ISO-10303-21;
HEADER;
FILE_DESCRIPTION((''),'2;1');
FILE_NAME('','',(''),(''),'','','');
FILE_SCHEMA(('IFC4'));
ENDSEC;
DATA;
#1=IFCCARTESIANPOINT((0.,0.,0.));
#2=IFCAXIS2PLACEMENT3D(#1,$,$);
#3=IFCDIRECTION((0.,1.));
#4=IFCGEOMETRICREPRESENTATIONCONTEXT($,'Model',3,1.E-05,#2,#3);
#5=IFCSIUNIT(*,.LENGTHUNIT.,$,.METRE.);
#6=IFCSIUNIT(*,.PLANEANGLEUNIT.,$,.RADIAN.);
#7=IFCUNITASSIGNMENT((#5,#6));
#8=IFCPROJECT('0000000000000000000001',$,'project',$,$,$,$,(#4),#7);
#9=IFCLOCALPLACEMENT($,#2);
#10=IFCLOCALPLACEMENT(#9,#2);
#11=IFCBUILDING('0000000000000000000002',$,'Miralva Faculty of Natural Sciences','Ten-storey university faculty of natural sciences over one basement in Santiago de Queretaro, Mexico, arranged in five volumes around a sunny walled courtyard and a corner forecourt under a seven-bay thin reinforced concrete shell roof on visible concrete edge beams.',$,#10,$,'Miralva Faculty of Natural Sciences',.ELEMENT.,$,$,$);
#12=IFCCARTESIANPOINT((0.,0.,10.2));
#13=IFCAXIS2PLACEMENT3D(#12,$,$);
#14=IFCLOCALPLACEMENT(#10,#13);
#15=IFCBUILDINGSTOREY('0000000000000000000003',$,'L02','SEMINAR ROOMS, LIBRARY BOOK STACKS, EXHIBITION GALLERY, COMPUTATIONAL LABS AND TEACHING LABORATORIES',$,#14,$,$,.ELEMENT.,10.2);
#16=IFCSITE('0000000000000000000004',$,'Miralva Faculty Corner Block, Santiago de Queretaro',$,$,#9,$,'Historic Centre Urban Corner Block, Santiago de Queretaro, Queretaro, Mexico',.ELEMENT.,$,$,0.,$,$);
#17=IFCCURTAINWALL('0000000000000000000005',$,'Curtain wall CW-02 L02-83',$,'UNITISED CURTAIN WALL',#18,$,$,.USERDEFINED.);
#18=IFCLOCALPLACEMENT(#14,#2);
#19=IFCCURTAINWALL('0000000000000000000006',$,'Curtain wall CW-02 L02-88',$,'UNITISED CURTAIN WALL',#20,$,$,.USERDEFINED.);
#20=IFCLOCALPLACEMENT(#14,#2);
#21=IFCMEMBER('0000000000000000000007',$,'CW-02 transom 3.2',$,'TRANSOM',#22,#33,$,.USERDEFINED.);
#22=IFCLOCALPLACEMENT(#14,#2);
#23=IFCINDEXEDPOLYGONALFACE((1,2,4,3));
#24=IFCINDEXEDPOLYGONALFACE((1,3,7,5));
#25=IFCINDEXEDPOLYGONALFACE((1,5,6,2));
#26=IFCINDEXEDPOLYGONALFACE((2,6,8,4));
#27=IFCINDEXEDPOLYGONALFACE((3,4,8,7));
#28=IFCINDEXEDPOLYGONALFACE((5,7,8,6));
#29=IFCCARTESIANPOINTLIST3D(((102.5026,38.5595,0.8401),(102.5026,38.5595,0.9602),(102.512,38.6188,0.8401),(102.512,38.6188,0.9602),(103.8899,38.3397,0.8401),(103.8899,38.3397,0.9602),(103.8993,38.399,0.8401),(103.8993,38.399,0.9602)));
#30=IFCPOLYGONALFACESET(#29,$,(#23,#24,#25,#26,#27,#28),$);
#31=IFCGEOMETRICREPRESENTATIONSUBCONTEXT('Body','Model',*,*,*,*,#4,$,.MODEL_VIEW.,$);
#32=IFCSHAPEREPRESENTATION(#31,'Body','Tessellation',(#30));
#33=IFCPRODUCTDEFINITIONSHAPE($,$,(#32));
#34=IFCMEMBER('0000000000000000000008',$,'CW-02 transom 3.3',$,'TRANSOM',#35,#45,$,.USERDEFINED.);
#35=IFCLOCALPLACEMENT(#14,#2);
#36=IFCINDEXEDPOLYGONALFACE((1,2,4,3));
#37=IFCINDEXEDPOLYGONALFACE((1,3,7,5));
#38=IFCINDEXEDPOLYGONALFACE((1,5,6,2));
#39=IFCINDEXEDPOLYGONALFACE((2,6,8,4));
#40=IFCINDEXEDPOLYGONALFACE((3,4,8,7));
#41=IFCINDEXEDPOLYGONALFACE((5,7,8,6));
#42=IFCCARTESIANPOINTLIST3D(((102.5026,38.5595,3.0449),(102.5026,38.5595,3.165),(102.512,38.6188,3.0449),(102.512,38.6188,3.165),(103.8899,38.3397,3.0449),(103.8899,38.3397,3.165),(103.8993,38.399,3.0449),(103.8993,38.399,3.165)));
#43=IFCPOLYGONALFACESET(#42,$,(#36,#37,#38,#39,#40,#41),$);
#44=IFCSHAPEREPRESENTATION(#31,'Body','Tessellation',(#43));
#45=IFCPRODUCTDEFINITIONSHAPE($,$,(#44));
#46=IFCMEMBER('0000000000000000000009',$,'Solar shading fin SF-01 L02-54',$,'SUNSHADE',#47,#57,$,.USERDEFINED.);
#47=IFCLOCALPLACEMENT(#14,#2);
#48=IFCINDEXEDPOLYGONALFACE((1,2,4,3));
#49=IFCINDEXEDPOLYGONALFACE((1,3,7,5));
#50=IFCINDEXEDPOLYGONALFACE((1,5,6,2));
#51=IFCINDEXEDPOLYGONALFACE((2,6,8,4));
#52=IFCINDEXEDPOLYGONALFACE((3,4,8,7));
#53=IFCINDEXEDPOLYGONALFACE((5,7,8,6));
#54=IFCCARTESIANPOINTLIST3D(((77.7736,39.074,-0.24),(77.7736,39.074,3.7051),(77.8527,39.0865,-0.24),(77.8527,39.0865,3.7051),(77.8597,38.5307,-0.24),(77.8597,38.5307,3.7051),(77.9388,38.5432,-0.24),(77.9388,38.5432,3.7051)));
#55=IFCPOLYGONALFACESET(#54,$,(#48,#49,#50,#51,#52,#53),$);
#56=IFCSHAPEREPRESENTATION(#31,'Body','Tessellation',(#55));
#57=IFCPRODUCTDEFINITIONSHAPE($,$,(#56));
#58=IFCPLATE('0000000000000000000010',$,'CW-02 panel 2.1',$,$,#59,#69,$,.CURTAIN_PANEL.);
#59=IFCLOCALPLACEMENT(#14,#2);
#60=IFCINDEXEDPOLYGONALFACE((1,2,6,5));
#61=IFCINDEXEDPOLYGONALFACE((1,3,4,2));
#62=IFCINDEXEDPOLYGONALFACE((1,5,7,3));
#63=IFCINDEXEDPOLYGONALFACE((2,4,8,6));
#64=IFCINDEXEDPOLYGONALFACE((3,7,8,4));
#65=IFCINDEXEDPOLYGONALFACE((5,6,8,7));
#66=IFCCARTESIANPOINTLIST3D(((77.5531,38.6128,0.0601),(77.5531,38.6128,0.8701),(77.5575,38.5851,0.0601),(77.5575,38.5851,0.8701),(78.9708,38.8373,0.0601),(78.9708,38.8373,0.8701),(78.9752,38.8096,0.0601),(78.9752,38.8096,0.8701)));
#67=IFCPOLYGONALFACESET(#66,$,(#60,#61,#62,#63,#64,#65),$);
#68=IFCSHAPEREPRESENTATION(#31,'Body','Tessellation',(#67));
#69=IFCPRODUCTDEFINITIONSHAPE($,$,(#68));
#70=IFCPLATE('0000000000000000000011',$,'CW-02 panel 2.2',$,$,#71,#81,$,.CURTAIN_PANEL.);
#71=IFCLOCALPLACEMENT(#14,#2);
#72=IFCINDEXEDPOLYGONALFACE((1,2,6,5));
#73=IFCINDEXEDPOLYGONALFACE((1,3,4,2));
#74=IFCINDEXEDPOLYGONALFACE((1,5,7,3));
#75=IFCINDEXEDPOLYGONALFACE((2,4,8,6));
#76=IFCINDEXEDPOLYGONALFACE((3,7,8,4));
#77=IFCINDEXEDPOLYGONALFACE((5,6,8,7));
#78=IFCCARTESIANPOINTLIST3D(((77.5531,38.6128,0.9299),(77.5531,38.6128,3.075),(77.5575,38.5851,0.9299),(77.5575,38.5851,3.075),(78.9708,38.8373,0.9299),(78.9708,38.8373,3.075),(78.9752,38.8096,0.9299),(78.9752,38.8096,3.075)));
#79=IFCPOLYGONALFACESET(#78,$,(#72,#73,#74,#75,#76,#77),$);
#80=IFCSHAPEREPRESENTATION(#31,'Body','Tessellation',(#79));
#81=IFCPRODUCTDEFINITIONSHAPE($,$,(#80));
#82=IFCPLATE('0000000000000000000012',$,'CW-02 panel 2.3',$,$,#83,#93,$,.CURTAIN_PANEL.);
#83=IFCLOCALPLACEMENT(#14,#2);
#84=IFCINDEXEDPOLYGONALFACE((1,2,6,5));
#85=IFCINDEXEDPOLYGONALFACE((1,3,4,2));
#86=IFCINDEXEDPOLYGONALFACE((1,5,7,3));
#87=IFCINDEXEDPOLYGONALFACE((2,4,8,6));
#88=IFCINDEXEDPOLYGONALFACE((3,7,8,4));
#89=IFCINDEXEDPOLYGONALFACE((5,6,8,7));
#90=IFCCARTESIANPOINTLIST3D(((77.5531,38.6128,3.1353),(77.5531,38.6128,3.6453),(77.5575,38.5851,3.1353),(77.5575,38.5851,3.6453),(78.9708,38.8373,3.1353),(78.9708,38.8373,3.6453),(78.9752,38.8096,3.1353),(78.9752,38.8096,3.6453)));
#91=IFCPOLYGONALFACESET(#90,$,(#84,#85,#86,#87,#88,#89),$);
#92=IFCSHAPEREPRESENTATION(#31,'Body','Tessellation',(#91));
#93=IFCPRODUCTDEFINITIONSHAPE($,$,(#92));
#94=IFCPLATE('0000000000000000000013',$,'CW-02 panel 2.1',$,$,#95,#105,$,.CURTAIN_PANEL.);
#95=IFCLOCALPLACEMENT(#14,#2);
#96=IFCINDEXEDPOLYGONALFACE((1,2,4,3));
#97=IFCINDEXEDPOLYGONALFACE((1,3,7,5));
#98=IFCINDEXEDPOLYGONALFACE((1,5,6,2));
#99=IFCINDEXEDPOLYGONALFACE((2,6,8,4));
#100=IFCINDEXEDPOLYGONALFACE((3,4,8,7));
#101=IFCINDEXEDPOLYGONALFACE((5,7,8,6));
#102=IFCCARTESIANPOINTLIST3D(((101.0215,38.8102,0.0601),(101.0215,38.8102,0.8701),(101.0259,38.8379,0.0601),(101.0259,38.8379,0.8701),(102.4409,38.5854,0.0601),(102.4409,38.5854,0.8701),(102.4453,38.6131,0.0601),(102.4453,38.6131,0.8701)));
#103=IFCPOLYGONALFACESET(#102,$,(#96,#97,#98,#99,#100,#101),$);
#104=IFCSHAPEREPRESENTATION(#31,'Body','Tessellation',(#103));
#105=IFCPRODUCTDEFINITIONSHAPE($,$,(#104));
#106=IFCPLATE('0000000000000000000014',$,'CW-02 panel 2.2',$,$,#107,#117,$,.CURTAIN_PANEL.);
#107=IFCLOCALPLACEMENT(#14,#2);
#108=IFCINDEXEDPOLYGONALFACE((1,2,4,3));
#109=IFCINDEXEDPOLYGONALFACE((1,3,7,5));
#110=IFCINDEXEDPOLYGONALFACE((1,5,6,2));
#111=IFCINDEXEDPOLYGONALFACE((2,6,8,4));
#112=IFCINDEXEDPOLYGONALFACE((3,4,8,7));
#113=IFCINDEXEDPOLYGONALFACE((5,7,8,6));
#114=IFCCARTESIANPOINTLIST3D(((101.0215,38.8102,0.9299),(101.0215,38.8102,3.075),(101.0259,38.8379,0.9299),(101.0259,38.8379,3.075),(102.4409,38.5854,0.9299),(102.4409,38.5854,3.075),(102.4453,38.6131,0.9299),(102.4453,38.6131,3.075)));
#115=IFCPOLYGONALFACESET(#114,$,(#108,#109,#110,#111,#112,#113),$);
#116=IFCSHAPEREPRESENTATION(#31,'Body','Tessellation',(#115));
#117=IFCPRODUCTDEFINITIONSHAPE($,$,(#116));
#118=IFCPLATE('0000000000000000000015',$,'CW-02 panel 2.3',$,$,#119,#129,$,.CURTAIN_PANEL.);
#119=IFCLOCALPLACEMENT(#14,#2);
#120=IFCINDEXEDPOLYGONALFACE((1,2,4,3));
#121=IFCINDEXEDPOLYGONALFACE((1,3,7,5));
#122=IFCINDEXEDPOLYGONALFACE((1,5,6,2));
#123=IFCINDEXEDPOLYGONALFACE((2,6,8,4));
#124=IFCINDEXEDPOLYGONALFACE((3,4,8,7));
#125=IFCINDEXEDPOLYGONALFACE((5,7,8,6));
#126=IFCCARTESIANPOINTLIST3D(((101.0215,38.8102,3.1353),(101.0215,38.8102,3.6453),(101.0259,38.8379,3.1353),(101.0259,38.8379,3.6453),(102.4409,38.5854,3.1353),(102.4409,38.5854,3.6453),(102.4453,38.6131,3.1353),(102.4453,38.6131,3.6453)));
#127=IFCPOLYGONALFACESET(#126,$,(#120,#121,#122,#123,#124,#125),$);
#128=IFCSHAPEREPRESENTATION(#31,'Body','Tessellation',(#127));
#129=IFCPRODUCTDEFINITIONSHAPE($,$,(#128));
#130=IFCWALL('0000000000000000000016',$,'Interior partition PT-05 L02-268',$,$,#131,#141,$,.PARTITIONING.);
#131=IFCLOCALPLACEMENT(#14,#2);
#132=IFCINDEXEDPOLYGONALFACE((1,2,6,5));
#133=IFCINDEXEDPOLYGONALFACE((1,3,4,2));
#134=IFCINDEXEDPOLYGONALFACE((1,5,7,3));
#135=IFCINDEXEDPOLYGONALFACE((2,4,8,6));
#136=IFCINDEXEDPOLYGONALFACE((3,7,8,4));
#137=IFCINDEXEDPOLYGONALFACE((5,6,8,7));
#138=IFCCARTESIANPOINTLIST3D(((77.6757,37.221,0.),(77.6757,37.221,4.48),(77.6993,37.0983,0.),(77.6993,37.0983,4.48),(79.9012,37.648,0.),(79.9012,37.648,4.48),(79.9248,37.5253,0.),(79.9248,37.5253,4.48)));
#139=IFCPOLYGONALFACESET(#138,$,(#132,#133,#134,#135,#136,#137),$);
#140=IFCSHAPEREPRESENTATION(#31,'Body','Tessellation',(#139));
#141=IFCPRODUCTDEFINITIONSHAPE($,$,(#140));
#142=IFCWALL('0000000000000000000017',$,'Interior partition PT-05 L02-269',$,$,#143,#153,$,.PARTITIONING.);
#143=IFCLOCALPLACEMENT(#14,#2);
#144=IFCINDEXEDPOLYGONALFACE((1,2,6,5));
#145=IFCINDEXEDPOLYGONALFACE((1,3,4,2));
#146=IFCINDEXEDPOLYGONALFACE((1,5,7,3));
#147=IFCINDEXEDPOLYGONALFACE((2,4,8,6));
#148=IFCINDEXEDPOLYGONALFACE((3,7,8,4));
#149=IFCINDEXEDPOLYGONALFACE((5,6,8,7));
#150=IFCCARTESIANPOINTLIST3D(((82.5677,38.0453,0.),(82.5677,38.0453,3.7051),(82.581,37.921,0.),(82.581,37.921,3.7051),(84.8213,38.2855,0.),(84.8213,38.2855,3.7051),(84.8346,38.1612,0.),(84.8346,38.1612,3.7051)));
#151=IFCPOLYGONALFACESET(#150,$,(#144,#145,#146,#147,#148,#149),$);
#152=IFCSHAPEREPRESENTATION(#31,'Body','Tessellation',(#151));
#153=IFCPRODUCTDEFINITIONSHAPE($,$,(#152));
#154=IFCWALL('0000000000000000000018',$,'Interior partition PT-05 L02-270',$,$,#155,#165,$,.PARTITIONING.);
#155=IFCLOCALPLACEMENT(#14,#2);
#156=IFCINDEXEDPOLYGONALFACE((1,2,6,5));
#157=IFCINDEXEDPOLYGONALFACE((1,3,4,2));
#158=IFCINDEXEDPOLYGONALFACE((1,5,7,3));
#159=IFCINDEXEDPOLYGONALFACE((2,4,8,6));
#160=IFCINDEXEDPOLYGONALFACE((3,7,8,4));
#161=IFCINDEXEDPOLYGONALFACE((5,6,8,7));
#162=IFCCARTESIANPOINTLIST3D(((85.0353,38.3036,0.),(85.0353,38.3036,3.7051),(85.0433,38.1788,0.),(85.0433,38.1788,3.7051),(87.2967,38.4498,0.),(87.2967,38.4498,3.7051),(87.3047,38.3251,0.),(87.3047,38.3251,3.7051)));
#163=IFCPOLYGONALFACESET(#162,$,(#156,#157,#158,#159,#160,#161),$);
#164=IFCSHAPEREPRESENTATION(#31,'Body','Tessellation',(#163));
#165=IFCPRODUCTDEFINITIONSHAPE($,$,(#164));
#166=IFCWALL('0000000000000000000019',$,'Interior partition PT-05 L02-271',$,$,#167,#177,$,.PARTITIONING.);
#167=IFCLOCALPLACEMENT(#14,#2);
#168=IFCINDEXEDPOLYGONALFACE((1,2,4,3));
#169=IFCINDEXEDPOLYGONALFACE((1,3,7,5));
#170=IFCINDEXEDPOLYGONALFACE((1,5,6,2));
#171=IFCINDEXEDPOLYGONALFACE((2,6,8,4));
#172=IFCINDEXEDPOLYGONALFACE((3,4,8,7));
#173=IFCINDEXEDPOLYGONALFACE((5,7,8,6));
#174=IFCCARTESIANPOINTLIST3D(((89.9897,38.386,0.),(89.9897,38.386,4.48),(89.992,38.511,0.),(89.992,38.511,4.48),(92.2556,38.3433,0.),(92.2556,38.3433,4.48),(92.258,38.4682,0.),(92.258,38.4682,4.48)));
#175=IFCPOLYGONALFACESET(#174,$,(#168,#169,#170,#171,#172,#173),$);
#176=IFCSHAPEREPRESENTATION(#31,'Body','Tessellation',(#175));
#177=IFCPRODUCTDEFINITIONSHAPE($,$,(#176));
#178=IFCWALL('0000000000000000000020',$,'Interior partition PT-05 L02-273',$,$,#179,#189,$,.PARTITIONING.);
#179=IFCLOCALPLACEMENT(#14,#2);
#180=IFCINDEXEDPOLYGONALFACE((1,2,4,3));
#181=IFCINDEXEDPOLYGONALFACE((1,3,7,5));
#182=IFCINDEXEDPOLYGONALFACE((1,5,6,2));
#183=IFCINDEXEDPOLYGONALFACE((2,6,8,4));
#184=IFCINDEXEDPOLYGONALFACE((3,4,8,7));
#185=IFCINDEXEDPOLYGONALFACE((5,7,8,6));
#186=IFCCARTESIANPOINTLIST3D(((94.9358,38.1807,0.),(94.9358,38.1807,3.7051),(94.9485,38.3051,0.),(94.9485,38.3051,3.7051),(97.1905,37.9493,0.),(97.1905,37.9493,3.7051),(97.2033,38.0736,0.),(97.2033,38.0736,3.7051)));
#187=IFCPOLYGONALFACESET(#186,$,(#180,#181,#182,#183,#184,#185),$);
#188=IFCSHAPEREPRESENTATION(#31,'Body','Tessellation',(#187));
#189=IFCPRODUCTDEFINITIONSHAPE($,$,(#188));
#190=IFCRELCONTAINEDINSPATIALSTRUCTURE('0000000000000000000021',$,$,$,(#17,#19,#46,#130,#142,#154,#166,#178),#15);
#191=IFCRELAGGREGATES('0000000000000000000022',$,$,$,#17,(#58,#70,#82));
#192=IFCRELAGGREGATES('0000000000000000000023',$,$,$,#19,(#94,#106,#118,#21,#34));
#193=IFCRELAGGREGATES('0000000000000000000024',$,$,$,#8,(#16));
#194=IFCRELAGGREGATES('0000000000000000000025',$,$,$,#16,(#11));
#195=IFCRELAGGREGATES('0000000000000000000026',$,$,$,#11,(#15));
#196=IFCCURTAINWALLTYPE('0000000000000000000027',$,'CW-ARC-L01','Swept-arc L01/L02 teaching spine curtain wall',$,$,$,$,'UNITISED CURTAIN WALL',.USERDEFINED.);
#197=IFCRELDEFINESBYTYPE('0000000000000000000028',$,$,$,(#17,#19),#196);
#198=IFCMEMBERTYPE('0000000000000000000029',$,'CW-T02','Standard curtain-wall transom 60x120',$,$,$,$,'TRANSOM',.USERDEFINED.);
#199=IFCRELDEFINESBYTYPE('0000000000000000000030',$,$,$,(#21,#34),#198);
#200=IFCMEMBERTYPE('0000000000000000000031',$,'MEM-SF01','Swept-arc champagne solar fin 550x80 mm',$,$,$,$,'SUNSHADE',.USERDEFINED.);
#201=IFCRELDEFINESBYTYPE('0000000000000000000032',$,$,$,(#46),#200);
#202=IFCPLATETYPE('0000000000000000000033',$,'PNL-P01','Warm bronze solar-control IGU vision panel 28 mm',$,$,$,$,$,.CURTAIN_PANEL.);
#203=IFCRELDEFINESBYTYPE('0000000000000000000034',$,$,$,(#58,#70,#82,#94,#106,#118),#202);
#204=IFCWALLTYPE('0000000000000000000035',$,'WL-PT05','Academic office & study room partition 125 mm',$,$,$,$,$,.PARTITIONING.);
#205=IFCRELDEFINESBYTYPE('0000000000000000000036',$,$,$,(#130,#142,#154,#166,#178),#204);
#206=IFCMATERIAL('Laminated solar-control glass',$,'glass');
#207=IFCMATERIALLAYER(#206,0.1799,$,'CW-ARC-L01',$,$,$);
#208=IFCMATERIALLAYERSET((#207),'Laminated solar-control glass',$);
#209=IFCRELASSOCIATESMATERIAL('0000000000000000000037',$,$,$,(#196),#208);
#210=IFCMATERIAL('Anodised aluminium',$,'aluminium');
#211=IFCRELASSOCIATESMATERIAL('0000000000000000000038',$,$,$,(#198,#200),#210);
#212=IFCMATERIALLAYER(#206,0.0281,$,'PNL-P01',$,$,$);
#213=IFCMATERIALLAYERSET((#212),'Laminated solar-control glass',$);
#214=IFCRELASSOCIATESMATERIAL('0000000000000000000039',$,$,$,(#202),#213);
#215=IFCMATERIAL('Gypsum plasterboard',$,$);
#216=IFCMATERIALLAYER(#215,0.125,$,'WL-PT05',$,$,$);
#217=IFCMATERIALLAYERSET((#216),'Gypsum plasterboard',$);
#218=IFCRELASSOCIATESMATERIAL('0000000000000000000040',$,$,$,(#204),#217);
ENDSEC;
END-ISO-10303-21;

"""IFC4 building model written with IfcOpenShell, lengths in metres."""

from ifc_helpers import new_model, si_unit, direction, frame, frame_2d, origin, origin_2d, place, context, subcontext, project, spatial, rectangle, extrude, material, layer, layer_set, material_profile, profile_set, type_object, element, aggregate, save


model = new_model("IFC4")

# Units and contexts
model_context = context("Model", 3, precision=1e-05, world=origin(), true_north=direction((0.0, 1.0)))
body_context = subcontext(model_context, "Body", "Model", "MODEL_VIEW")
ifc_project = project(units=[si_unit("LENGTHUNIT", "METRE"), si_unit("PLANEANGLEUNIT", "RADIAN")], contexts=[model_context])

# Site, building, storey
site_placement = place(None, origin())
site = spatial("IfcSite", under=ifc_project, at=site_placement, Name="Miralva Faculty Corner Block, Santiago de Queretaro", LongName="Historic Centre Urban Corner Block, Santiago de Queretaro, Queretaro, Mexico", CompositionType="ELEMENT", RefElevation=0.0)
building_placement = place(site_placement, origin())
building = spatial("IfcBuilding", under=site, at=building_placement, Name="Miralva Faculty of Natural Sciences", Description="Ten-storey university faculty of natural sciences over one basement in Santiago de Queretaro, Mexico, arranged in five volumes around a sunny walled courtyard and a corner forecourt under a seven-bay thin reinforced concrete shell roof on visible concrete edge beams.", LongName="Miralva Faculty of Natural Sciences", CompositionType="ELEMENT")
storey_placement = place(building_placement, frame((0.0, 0.0, 10.2)))
storey = spatial("IfcBuildingStorey", under=building, at=storey_placement, Name="L02", Description="SEMINAR ROOMS, LIBRARY BOOK STACKS, EXHIBITION GALLERY, COMPUTATIONAL LABS AND TEACHING LABORATORIES", CompositionType="ELEMENT", Elevation=10.2)

# Curtain walls
ifc_material_1 = material(Name="Laminated solar-control glass", Category="glass")
ifc_layer_1 = layer(ifc_material_1, 0.1799, Name="CW-ARC-L01")
ifc_layer_set_1 = layer_set([ifc_layer_1], Name="Laminated solar-control glass")
curtain_wall_type = type_object("IfcCurtainWallType", Name="CW-ARC-L01", Description="Swept-arc L01/L02 teaching spine curtain wall", ElementType="UNITISED CURTAIN WALL", PredefinedType="USERDEFINED", material=ifc_layer_set_1)
curtain_wall_1_placement = place(storey_placement, origin())
curtain_wall_1 = element("IfcCurtainWall", 1, at=curtain_wall_1_placement, inside=storey, type_object=curtain_wall_type, Name="Curtain wall CW-02 L02-83", ObjectType="UNITISED CURTAIN WALL", PredefinedType="USERDEFINED")
ifc_material_2 = material(Name="Anodised aluminium", Category="aluminium")
curtain_wall_2_placement = place(storey_placement, origin())
curtain_wall_2 = element("IfcCurtainWall", 2, at=curtain_wall_2_placement, inside=storey, type_object=curtain_wall_type, Name="Curtain wall CW-02 L02-88", ObjectType="UNITISED CURTAIN WALL", PredefinedType="USERDEFINED")

# Members
ifc_material_profile_1 = material_profile(ifc_material_2, rectangle(XDim=0.0601, YDim=0.1201, at=origin_2d()), Name="TRANSOM 60x120")
ifc_profile_set_1 = profile_set([ifc_material_profile_1], Name="Anodised aluminium")
member_type_1 = type_object("IfcMemberType", Name="CW-T02", Description="Standard curtain-wall transom 60x120", ElementType="TRANSOM", PredefinedType="USERDEFINED", material=ifc_profile_set_1)
member_1_placement = place(storey_placement, frame((102.5073, 38.5891, 0.9001), z_axis=(0.987687, -0.156445, 0.0), x_axis=(0.156445, 0.987687, 0.0)))
member_1 = element("IfcMember", 3, at=member_1_placement, type_object=member_type_1, Name="CW-02 transom 3.2", ObjectType="TRANSOM", PredefinedType="USERDEFINED", context=body_context, shape_type="SweptSolid", body=[
    extrude(rectangle(XDim=0.0601, YDim=0.1201, at=origin_2d()), origin(), (0.0, 0.0, 1.0), 1.4045),
])
member_2_placement = place(storey_placement, frame((102.5073, 38.5891, 3.105), z_axis=(0.987687, -0.156445, 0.0), x_axis=(0.156445, 0.987687, 0.0)))
member_2 = element("IfcMember", 4, at=member_2_placement, type_object=member_type_1, Name="CW-02 transom 3.3", ObjectType="TRANSOM", PredefinedType="USERDEFINED", context=body_context, shape_type="SweptSolid", body=[
    extrude(rectangle(XDim=0.0601, YDim=0.1201, at=origin_2d()), origin(), (0.0, 0.0, 1.0), 1.4045),
])
ifc_material_profile_2 = material_profile(ifc_material_2, rectangle(XDim=0.0801, YDim=0.55, at=origin_2d()), Name="FIN 550x80")
ifc_profile_set_2 = profile_set([ifc_material_profile_2], Name="Anodised aluminium")
member_type_2 = type_object("IfcMemberType", Name="MEM-SF01", Description="Swept-arc champagne solar fin 550x80 mm", ElementType="SUNSHADE", PredefinedType="USERDEFINED", material=ifc_profile_set_2)
member_3_placement = place(storey_placement, frame((77.8562, 38.8086, -0.24), z_axis=(0.0, 0.0, 1.0), x_axis=(-0.987688, -0.156434, 0.0)))
element("IfcMember", 5, at=member_3_placement, inside=storey, type_object=member_type_2, Name="Solar shading fin SF-01 L02-54", ObjectType="SUNSHADE", PredefinedType="USERDEFINED", context=body_context, shape_type="SweptSolid", body=[
    extrude(rectangle(XDim=0.0801, YDim=0.55, at=origin_2d()), origin(), (0.0, 0.0, 1.0), 3.9451),
])

# Plates
ifc_layer_2 = layer(ifc_material_1, 0.0281, Name="PNL-P01")
ifc_layer_set_2 = layer_set([ifc_layer_2], Name="Laminated solar-control glass")
plate_type = type_object("IfcPlateType", Name="PNL-P01", Description="Warm bronze solar-control IGU vision panel 28 mm", PredefinedType="CURTAIN_PANEL", material=ifc_layer_set_2)
plate_1_placement = place(storey_placement, frame((78.2642, 38.7112, 0.0601), z_axis=(0.0, 0.0, 1.0), x_axis=(0.987689, 0.156431, 0.0)))
plate_1 = element("IfcPlate", 6, at=plate_1_placement, type_object=plate_type, Name="CW-02 panel 2.1", PredefinedType="CURTAIN_PANEL", context=body_context, shape_type="SweptSolid", body=[
    extrude(rectangle(XDim=1.4353, YDim=0.0281, at=origin_2d()), origin(), (0.0, 0.0, 1.0), 0.8101),
])
plate_2_placement = place(storey_placement, frame((78.2642, 38.7112, 0.9299), z_axis=(0.0, 0.0, 1.0), x_axis=(0.987689, 0.156431, 0.0)))
plate_2 = element("IfcPlate", 7, at=plate_2_placement, type_object=plate_type, Name="CW-02 panel 2.2", PredefinedType="CURTAIN_PANEL", context=body_context, shape_type="SweptSolid", body=[
    extrude(rectangle(XDim=1.4353, YDim=0.0281, at=origin_2d()), origin(), (0.0, 0.0, 1.0), 2.145),
])
plate_3_placement = place(storey_placement, frame((78.2642, 38.7112, 3.1353), z_axis=(0.0, 0.0, 1.0), x_axis=(0.987689, 0.156431, 0.0)))
plate_3 = element("IfcPlate", 8, at=plate_3_placement, type_object=plate_type, Name="CW-02 panel 2.3", PredefinedType="CURTAIN_PANEL", context=body_context, shape_type="SweptSolid", body=[
    extrude(rectangle(XDim=1.4353, YDim=0.0281, at=origin_2d()), origin(), (0.0, 0.0, 1.0), 0.51),
])
aggregate(curtain_wall_1, [plate_1, plate_2, plate_3])
plate_4_placement = place(storey_placement, frame((101.7334, 38.7117, 0.0601), z_axis=(0.0, 0.0, 1.0), x_axis=(0.987688, -0.156437, 0.0)))
plate_4 = element("IfcPlate", 9, at=plate_4_placement, type_object=plate_type, Name="CW-02 panel 2.1", PredefinedType="CURTAIN_PANEL", context=body_context, shape_type="SweptSolid", body=[
    extrude(rectangle(XDim=1.437, YDim=0.0281, at=origin_2d()), origin(), (0.0, 0.0, 1.0), 0.8101),
])
plate_5_placement = place(storey_placement, frame((101.7334, 38.7117, 0.9299), z_axis=(0.0, 0.0, 1.0), x_axis=(0.987688, -0.156437, 0.0)))
plate_5 = element("IfcPlate", 10, at=plate_5_placement, type_object=plate_type, Name="CW-02 panel 2.2", PredefinedType="CURTAIN_PANEL", context=body_context, shape_type="SweptSolid", body=[
    extrude(rectangle(XDim=1.437, YDim=0.0281, at=origin_2d()), origin(), (0.0, 0.0, 1.0), 2.145),
])
plate_6_placement = place(storey_placement, frame((101.7334, 38.7117, 3.1353), z_axis=(0.0, 0.0, 1.0), x_axis=(0.987688, -0.156437, 0.0)))
plate_6 = element("IfcPlate", 11, at=plate_6_placement, type_object=plate_type, Name="CW-02 panel 2.3", PredefinedType="CURTAIN_PANEL", context=body_context, shape_type="SweptSolid", body=[
    extrude(rectangle(XDim=1.437, YDim=0.0281, at=origin_2d()), origin(), (0.0, 0.0, 1.0), 0.51),
])
aggregate(curtain_wall_2, [plate_4, plate_5, plate_6, member_1, member_2])

# Walls
ifc_material_3 = material(Name="Gypsum plasterboard")
ifc_layer_3 = layer(ifc_material_3, 0.125, Name="WL-PT05")
ifc_layer_set_3 = layer_set([ifc_layer_3], Name="Gypsum plasterboard")
wall_type = type_object("IfcWallType", Name="WL-PT05", Description="Academic office & study room partition 125 mm", PredefinedType="PARTITIONING", material=ifc_layer_set_3)
wall_1_placement = place(storey_placement, frame((77.6875, 37.1597, 0.0), z_axis=(0.0, 0.0, 1.0), x_axis=(0.982088, 0.188424, 0.0)))
element("IfcWall", 12, at=wall_1_placement, inside=storey, type_object=wall_type, Name="Interior partition PT-05 L02-268", PredefinedType="PARTITIONING", context=body_context, shape_type="SweptSolid", body=[
    extrude(rectangle(XDim=2.2661, YDim=0.125, at=frame_2d((1.1331, 0.0))), origin(), (0.0, 0.0, 1.0), 4.48),
])
wall_2_placement = place(storey_placement, frame((82.5742, 37.9832, 0.0), z_axis=(0.0, 0.0, 1.0), x_axis=(0.994366, 0.105997, 0.0)))
element("IfcWall", 13, at=wall_2_placement, inside=storey, type_object=wall_type, Name="Interior partition PT-05 L02-269", PredefinedType="PARTITIONING", context=body_context, shape_type="SweptSolid", body=[
    extrude(rectangle(XDim=2.2664, YDim=0.125, at=frame_2d((1.1333, 0.0))), origin(), (0.0, 0.0, 1.0), 3.7051),
])
wall_3_placement = place(storey_placement, frame((85.0393, 38.2412, 0.0), z_axis=(0.0, 0.0, 1.0), x_axis=(0.997916, 0.064531, 0.0)))
element("IfcWall", 14, at=wall_3_placement, inside=storey, type_object=wall_type, Name="Interior partition PT-05 L02-270", PredefinedType="PARTITIONING", context=body_context, shape_type="SweptSolid", body=[
    extrude(rectangle(XDim=2.2661, YDim=0.125, at=frame_2d((1.1331, 0.0))), origin(), (0.0, 0.0, 1.0), 3.7051),
])
wall_4_placement = place(storey_placement, frame((89.9907, 38.4485, 0.0), z_axis=(0.0, 0.0, 1.0), x_axis=(0.999822, -0.018852, 0.0)))
element("IfcWall", 15, at=wall_4_placement, inside=storey, type_object=wall_type, Name="Interior partition PT-05 L02-271", PredefinedType="PARTITIONING", context=body_context, shape_type="SweptSolid", body=[
    extrude(rectangle(XDim=2.2664, YDim=0.125, at=frame_2d((1.1333, 0.0))), origin(), (0.0, 0.0, 1.0), 4.48),
])

# Wall
wall_5_placement = place(storey_placement, frame((94.9421, 38.2429, 0.0), z_axis=(0.0, 0.0, 1.0), x_axis=(0.994772, -0.102116, 0.0)))
element("IfcWall", 16, at=wall_5_placement, inside=storey, type_object=wall_type, Name="Interior partition PT-05 L02-273", PredefinedType="PARTITIONING", context=body_context, shape_type="SweptSolid", body=[
    extrude(rectangle(XDim=2.2666, YDim=0.125, at=frame_2d((1.1333, 0.0))), origin(), (0.0, 0.0, 1.0), 3.7051),
])

save(model, "model.ifc")
